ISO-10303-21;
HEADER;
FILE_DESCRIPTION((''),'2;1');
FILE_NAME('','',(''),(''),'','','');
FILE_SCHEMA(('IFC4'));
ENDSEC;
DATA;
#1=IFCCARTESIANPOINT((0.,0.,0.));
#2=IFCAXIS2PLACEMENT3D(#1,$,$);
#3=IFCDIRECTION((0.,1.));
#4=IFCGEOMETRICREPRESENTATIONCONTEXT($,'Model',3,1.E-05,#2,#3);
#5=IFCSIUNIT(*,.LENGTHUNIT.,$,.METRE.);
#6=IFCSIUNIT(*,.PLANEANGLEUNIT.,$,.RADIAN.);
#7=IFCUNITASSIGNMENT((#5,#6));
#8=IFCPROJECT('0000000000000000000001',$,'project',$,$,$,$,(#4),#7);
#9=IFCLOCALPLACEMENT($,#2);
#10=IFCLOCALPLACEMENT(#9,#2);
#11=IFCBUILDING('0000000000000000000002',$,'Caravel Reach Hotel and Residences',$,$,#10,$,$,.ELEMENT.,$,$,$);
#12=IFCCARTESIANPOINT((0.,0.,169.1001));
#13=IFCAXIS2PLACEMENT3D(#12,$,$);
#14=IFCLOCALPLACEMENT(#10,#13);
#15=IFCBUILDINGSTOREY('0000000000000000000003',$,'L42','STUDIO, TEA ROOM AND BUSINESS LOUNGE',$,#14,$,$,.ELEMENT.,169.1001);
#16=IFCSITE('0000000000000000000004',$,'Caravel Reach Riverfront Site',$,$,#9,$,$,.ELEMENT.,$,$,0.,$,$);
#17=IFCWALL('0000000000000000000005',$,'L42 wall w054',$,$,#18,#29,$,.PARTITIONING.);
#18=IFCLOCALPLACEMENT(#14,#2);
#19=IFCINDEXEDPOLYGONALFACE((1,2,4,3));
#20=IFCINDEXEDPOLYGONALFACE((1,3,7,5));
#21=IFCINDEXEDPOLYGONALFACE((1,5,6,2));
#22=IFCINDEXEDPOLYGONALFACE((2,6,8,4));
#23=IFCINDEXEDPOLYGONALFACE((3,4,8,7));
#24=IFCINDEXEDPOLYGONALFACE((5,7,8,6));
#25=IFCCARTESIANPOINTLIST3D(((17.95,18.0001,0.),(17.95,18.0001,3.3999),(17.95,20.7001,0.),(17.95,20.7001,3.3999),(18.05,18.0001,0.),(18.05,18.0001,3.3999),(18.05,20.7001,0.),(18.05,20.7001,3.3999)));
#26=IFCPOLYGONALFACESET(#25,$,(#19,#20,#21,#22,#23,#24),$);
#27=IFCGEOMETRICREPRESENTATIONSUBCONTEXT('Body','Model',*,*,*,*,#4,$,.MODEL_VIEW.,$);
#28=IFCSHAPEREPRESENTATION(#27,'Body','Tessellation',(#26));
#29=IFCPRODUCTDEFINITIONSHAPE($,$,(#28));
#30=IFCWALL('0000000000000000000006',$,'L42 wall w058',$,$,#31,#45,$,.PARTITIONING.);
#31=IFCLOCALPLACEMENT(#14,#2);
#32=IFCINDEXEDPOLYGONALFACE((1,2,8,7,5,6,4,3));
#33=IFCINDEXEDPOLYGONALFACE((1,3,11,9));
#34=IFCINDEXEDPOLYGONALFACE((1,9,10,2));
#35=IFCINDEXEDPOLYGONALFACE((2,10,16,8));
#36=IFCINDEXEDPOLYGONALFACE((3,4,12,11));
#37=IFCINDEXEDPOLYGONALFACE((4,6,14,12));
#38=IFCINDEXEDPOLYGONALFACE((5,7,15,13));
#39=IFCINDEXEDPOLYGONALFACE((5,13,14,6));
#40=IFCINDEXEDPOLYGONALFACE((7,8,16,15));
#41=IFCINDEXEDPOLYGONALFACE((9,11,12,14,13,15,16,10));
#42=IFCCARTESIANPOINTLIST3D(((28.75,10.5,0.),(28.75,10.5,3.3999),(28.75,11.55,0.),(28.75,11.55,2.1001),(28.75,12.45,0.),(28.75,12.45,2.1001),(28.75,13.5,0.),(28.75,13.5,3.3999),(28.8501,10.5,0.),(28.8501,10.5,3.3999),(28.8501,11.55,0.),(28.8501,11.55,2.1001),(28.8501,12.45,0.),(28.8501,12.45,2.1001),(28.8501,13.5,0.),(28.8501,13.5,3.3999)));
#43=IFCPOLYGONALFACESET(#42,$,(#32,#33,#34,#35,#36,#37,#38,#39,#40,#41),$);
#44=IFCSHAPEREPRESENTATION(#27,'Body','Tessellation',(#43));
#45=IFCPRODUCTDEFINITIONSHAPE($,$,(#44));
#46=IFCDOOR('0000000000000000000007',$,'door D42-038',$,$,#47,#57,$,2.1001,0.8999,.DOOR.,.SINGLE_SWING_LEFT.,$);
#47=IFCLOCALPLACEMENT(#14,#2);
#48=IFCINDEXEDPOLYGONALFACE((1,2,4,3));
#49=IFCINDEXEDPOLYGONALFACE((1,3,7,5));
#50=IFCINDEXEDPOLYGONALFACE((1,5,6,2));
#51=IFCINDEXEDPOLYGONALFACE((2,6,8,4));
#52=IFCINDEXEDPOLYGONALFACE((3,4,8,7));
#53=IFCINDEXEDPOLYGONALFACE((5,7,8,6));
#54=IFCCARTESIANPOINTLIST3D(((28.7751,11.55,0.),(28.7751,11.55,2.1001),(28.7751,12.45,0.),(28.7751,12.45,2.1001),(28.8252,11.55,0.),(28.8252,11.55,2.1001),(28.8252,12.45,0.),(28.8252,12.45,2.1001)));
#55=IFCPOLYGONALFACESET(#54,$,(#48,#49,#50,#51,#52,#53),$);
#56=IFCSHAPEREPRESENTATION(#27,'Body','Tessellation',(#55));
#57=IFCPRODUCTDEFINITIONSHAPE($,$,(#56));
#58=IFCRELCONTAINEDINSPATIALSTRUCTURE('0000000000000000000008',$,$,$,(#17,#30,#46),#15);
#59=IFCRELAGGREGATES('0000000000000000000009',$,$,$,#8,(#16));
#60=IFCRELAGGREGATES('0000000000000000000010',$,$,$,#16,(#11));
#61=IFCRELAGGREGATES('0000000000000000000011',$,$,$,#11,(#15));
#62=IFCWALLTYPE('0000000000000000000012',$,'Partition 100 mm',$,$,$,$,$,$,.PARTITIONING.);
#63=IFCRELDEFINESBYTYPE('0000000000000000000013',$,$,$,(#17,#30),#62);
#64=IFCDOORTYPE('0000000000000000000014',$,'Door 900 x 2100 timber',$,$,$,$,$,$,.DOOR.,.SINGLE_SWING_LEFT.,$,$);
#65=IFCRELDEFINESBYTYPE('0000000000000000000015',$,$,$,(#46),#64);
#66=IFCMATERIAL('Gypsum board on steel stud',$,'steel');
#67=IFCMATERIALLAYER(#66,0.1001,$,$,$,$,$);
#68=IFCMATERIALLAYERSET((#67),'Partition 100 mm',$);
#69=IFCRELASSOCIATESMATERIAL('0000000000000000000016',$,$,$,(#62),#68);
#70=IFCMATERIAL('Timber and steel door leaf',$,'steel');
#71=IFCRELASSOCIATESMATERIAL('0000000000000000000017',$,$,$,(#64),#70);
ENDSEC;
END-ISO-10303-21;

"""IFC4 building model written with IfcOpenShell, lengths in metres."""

from ifc_helpers import new_model, si_unit, direction, frame, frame_2d, origin, place, context, subcontext, project, spatial, rectangle, extrude, material, layer, layer_set, type_object, element, fill, save


model = new_model("IFC4")

# Units and contexts
model_context = context("Model", 3, precision=1e-05, world=origin(), true_north=direction((0.0, 1.0)))
body_context = subcontext(model_context, "Body", "Model", "MODEL_VIEW")
ifc_project = project(units=[si_unit("LENGTHUNIT", "METRE"), si_unit("PLANEANGLEUNIT", "RADIAN")], contexts=[model_context])

# Site, building, storey
site_placement = place(None, origin())
site = spatial("IfcSite", under=ifc_project, at=site_placement, Name="Caravel Reach Riverfront Site", CompositionType="ELEMENT", RefElevation=0.0)
building_placement = place(site_placement, origin())
building = spatial("IfcBuilding", under=site, at=building_placement, Name="Caravel Reach Hotel and Residences", CompositionType="ELEMENT")
storey_placement = place(building_placement, frame((0.0, 0.0, 169.1001)))
storey = spatial("IfcBuildingStorey", under=building, at=storey_placement, Name="L42", Description="STUDIO, TEA ROOM AND BUSINESS LOUNGE", CompositionType="ELEMENT", Elevation=169.1001)

# Wall
ifc_material_1 = material(Name="Gypsum board on steel stud", Category="steel")
ifc_layer_1 = layer(ifc_material_1, 0.1001)
ifc_layer_set_1 = layer_set([ifc_layer_1], Name="Partition 100 mm")
wall_type_1 = type_object("IfcWallType", Name="Partition 100 mm", PredefinedType="PARTITIONING", material=ifc_layer_set_1)
wall_1_placement = place(storey_placement, frame((18.0, 18.0, 0.0), z_axis=(0.0, 0.0, 1.0), x_axis=(0.0, 1.0, 0.0)))
element("IfcWall", 1, at=wall_1_placement, inside=storey, type_object=wall_type_1, Name="L42 wall w054", PredefinedType="PARTITIONING", context=body_context, shape_type="SweptSolid", body=[
    extrude(rectangle(XDim=2.7, YDim=0.1001, at=frame_2d((1.3501, 0.0))), origin(), (0.0, 0.0, 1.0), 3.3999),
])

# Wall, opening, door
wall_2_placement = place(storey_placement, frame((28.8, 10.5, 0.0), z_axis=(0.0, 0.0, 1.0), x_axis=(0.0, 1.0, 0.0)))
wall_2 = element("IfcWall", 2, at=wall_2_placement, inside=storey, type_object=wall_type_1, Name="L42 wall w058", PredefinedType="PARTITIONING", context=body_context, shape_type="SweptSolid", body=[
    extrude(rectangle(XDim=3.0, YDim=0.1001, at=frame_2d((1.5, 0.0))), origin(), (0.0, 0.0, 1.0), 3.3999),
])
opening_1_placement = place(wall_2_placement, frame((1.05, 0.0, 0.0)))
opening_1 = element("IfcOpeningElement", 3, at=opening_1_placement, cuts=wall_2, PredefinedType="OPENING", context=body_context, shape_type="SweptSolid", body=[
    extrude(rectangle(XDim=0.8999, YDim=2.1001, at=frame_2d((0.45, 1.05))), frame((0.0, 0.0601, 0.0), z_axis=(0.0, -1.0, 0.0), x_axis=(1.0, 0.0, 0.0)), (0.0, 0.0, 1.0), 0.1201),
])
ifc_material_2 = material(Name="Timber and steel door leaf", Category="steel")
door_type_1 = type_object("IfcDoorType", Name="Door 900 x 2100 timber", OperationType="SINGLE_SWING_LEFT", PredefinedType="DOOR", material=ifc_material_2)
door_1_placement = place(opening_1_placement, origin())
door_1 = element("IfcDoor", 4, at=door_1_placement, inside=storey, type_object=door_type_1, Name="door D42-038", OperationType="SINGLE_SWING_LEFT", OverallHeight=2.1001, OverallWidth=0.8999, PredefinedType="DOOR", context=body_context, shape_type="SweptSolid", body=[
    extrude(rectangle(XDim=0.8999, YDim=2.1001, at=frame_2d((0.45, 1.05))), frame((0.0, 0.0249, 0.0), z_axis=(0.0, -1.0, 0.0), x_axis=(1.0, 0.0, 0.0)), (0.0, 0.0, 1.0), 0.05),
])
fill(opening_1, door_1)

save(model, "model.ifc")
